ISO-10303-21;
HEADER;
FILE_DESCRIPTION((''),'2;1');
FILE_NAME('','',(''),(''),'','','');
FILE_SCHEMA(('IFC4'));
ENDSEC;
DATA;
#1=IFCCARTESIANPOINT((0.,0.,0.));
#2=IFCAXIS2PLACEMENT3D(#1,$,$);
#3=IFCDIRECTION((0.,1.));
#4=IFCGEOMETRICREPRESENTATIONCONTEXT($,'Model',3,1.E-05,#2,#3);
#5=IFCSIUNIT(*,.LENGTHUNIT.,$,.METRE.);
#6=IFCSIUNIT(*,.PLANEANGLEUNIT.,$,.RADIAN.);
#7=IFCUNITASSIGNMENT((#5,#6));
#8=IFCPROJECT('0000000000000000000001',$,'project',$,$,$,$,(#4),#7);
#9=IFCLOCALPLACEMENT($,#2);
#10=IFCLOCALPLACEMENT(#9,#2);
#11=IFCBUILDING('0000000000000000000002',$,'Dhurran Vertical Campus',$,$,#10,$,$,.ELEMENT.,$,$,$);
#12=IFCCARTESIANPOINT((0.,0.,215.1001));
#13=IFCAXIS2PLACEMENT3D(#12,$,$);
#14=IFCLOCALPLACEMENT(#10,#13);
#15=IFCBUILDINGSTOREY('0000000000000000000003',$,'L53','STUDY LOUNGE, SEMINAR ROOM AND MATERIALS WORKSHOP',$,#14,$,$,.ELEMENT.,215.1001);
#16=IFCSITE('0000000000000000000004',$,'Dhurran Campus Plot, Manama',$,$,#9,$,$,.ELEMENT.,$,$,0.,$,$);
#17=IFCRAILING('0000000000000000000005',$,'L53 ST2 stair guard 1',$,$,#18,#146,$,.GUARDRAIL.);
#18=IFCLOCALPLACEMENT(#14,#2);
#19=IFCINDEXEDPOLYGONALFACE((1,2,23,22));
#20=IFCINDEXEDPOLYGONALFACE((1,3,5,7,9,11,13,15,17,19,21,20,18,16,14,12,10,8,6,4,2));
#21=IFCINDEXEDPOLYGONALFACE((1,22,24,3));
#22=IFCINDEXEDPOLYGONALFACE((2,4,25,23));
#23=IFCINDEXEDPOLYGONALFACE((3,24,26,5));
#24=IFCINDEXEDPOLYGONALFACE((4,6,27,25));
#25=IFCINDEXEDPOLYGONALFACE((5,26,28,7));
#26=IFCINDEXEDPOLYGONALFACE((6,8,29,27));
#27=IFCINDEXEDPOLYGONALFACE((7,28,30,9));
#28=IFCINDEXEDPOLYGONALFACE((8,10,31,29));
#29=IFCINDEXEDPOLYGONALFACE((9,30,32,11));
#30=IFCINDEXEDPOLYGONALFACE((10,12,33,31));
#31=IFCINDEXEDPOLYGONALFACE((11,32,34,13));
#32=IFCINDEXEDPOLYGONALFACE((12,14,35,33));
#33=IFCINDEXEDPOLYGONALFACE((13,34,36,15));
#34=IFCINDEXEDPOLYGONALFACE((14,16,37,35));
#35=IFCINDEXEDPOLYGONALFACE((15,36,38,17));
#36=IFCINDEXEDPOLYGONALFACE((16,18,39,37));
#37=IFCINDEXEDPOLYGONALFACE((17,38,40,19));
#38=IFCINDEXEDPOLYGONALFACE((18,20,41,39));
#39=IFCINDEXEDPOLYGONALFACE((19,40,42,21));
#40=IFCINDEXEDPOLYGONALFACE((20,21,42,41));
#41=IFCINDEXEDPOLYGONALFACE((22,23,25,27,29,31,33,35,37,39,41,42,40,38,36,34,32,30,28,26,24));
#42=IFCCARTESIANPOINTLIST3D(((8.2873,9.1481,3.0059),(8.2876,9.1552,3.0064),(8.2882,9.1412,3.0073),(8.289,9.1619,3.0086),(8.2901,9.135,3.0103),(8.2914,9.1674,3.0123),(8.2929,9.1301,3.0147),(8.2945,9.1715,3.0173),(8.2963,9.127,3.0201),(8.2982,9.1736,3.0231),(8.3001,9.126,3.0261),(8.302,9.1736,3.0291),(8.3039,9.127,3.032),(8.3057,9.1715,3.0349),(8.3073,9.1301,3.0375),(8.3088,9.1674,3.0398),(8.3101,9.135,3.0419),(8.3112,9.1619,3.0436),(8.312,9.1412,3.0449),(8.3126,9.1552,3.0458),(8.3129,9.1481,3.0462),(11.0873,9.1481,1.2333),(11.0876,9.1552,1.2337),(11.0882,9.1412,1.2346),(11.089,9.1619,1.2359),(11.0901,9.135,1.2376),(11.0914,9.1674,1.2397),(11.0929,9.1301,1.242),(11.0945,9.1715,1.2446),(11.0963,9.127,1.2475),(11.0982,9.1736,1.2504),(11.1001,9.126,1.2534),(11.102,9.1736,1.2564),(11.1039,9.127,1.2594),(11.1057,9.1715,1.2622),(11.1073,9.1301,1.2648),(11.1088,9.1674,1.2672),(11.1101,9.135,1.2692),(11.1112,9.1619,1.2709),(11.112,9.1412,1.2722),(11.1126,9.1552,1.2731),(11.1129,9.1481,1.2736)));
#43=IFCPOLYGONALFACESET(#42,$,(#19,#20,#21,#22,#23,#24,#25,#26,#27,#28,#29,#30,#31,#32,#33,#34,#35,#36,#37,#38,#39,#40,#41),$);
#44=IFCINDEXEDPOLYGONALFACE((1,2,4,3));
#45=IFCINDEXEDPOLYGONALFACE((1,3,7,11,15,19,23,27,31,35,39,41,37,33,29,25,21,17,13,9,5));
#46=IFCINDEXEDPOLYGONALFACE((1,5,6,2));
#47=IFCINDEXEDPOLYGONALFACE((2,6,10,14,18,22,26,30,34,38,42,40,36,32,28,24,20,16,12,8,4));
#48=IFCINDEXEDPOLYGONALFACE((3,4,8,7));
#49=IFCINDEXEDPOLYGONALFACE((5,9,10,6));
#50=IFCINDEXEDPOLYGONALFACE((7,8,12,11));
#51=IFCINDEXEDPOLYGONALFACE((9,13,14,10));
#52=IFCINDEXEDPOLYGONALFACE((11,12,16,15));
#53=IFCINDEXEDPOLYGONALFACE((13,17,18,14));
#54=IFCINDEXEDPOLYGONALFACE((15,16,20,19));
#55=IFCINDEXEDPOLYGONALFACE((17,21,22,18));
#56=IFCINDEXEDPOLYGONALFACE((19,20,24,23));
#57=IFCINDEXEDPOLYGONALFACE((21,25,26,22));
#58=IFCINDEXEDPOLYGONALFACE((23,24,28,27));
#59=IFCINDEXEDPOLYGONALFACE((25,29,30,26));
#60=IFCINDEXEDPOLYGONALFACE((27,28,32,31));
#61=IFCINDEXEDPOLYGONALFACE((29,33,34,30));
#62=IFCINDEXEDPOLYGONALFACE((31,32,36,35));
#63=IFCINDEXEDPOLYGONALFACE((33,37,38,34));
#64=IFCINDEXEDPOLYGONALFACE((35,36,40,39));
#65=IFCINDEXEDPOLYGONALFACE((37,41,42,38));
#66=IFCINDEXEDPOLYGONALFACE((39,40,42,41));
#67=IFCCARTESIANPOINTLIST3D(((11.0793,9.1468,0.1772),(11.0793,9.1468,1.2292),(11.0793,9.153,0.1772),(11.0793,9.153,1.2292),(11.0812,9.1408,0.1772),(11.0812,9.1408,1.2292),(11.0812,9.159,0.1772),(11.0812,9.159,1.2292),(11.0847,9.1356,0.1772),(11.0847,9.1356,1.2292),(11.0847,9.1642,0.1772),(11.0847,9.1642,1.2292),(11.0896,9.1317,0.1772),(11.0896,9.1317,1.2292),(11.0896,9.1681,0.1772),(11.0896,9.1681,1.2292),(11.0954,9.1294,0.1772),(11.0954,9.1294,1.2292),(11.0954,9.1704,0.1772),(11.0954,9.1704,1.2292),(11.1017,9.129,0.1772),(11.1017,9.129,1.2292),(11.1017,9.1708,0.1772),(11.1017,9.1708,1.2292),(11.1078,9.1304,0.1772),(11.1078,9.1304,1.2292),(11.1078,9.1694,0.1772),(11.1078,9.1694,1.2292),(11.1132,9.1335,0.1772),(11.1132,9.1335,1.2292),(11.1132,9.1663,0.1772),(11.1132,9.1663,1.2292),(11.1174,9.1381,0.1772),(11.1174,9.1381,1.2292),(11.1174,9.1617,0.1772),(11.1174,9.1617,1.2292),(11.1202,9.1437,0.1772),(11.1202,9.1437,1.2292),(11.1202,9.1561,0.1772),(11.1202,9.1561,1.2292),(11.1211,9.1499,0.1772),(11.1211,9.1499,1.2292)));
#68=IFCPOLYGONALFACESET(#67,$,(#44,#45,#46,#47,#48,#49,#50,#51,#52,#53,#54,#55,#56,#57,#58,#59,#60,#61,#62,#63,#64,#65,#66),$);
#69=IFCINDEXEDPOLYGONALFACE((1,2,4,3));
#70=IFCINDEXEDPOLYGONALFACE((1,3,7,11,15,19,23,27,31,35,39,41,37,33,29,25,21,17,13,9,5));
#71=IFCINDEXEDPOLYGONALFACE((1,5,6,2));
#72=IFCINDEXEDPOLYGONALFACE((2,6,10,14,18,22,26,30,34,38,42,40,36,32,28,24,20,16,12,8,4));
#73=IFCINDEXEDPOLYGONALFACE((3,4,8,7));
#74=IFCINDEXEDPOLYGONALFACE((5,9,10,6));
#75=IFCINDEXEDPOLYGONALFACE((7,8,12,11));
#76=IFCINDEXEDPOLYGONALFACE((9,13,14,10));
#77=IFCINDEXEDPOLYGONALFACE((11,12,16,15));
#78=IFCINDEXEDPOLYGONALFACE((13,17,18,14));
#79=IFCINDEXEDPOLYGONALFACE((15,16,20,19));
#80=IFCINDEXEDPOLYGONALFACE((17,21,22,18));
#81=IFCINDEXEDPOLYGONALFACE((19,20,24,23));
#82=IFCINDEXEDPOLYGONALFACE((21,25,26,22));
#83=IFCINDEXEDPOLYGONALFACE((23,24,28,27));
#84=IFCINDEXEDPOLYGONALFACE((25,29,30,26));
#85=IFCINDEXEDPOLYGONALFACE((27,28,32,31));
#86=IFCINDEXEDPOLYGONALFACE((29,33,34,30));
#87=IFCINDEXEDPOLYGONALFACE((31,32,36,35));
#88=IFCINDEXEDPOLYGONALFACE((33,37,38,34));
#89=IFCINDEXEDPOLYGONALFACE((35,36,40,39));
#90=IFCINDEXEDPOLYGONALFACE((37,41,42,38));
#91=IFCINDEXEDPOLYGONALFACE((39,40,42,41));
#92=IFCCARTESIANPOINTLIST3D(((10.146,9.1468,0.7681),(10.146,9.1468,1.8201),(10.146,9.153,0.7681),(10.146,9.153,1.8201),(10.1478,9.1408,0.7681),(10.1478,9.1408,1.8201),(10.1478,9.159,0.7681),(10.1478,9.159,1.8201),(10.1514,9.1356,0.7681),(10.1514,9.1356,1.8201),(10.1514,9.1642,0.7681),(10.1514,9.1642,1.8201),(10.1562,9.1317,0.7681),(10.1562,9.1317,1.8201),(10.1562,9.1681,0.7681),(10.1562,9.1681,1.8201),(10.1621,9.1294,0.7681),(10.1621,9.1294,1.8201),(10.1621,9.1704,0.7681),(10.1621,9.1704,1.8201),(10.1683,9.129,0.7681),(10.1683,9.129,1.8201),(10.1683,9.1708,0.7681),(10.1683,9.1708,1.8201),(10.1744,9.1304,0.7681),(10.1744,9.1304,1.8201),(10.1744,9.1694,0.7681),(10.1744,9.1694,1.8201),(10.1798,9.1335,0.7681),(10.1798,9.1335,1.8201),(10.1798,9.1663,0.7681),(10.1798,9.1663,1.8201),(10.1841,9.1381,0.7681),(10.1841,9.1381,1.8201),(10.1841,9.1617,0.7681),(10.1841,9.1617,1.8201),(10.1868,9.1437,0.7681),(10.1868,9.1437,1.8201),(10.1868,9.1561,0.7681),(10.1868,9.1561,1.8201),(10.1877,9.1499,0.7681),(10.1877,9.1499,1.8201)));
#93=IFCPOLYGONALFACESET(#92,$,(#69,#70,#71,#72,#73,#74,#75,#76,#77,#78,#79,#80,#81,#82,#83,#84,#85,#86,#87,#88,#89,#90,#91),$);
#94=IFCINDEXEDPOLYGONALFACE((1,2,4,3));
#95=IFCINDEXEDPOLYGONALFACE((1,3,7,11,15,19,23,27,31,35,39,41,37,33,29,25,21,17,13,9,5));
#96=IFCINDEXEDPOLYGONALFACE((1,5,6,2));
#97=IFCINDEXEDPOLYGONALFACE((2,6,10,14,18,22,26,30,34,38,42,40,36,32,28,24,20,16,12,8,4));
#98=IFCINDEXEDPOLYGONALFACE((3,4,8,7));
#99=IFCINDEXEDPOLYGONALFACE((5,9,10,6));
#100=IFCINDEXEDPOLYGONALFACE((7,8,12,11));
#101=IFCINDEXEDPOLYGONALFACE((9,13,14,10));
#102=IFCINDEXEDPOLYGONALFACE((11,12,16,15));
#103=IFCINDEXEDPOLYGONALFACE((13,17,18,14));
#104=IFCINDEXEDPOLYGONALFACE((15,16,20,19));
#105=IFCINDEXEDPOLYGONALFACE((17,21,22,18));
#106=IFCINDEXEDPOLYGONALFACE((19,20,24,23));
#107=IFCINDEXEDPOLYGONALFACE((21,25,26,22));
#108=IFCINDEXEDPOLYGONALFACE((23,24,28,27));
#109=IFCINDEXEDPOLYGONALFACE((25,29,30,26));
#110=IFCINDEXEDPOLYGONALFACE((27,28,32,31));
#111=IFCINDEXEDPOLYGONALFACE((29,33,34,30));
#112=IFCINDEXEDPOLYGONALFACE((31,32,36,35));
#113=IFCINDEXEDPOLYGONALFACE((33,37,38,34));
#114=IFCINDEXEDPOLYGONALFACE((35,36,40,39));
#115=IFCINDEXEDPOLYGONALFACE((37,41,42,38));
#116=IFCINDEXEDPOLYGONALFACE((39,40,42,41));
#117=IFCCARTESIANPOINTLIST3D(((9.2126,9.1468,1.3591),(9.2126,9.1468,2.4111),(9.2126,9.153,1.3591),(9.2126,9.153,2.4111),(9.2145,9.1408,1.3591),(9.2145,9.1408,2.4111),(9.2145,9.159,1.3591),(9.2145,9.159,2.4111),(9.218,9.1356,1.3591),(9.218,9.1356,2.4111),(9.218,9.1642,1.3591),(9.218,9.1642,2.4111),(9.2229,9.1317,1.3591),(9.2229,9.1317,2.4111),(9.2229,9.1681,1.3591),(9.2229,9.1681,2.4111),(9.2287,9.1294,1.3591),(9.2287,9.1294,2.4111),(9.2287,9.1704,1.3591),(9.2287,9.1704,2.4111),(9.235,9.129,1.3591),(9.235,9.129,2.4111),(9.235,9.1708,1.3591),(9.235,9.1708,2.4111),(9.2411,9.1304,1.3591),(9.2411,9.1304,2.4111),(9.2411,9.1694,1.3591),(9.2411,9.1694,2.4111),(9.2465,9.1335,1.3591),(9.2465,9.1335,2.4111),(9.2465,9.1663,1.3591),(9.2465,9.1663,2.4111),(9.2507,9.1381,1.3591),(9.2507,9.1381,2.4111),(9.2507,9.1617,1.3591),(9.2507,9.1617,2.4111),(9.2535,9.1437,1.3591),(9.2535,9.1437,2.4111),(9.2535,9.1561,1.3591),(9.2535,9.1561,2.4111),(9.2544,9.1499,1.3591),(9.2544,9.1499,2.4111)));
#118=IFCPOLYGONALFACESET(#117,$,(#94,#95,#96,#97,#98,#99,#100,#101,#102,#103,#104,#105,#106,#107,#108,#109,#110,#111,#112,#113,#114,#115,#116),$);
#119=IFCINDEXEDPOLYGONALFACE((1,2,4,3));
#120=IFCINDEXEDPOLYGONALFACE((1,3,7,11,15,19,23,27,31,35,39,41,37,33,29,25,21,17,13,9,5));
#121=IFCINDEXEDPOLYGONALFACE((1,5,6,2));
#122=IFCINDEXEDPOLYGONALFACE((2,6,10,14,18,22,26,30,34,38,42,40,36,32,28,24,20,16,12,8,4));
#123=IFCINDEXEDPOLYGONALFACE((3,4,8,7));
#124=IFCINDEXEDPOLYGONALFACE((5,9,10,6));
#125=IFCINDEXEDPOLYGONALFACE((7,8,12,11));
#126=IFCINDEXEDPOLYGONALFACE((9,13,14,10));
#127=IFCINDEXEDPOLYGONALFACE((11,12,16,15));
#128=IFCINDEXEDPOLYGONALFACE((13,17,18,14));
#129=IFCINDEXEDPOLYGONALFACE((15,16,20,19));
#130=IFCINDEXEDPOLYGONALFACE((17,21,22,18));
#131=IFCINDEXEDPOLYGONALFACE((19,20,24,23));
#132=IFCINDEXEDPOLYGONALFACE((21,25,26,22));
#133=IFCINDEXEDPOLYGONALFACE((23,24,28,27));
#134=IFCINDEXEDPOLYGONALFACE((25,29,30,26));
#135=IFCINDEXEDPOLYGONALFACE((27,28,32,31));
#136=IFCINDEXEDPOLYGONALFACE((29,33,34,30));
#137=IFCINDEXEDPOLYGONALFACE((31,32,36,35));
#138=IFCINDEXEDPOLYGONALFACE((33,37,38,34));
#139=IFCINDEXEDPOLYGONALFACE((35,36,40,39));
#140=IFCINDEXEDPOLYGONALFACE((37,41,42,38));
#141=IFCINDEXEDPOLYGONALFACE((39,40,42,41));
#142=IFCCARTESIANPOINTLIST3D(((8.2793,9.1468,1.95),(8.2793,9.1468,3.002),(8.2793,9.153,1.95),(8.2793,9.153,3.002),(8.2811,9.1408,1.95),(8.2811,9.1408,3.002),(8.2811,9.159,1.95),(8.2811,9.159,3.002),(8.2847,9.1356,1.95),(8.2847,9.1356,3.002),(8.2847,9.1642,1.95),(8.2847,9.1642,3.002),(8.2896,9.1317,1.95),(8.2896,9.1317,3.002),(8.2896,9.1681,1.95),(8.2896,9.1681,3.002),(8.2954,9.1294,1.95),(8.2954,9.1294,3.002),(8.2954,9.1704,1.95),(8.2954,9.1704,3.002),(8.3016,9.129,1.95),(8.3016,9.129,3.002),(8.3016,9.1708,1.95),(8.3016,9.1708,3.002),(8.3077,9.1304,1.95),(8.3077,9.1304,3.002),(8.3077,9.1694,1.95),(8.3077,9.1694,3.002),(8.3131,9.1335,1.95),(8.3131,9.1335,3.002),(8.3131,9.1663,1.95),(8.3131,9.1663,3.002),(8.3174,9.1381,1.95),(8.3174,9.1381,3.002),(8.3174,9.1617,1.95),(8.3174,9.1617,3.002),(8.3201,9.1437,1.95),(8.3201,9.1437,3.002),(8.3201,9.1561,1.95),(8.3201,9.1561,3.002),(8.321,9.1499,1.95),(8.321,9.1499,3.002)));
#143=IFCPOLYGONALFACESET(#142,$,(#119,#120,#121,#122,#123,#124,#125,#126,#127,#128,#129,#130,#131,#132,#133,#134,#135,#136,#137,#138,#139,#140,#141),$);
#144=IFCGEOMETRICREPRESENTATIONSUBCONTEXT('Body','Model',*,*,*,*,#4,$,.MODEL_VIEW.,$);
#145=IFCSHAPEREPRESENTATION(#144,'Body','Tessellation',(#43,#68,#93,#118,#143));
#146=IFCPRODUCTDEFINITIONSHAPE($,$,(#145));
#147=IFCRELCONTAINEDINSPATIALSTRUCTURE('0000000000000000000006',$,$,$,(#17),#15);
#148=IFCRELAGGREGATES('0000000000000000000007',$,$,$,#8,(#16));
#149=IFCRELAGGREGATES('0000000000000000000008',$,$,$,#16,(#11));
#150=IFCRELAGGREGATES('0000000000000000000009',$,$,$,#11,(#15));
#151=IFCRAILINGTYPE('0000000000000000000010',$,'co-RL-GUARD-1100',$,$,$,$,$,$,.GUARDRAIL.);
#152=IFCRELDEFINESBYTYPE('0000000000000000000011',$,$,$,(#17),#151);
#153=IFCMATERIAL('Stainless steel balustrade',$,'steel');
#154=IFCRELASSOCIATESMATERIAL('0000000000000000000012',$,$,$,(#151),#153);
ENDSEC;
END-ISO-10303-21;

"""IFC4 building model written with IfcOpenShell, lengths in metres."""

from ifc_helpers import new_model, si_unit, direction, frame, origin, origin_2d, place, context, subcontext, project, spatial, circle, extrude, material, type_object, element, save


model = new_model("IFC4")

# Units and contexts
model_context = context("Model", 3, precision=1e-05, world=origin(), true_north=direction((0.0, 1.0)))
body_context = subcontext(model_context, "Body", "Model", "MODEL_VIEW")
ifc_project = project(units=[si_unit("LENGTHUNIT", "METRE"), si_unit("PLANEANGLEUNIT", "RADIAN")], contexts=[model_context])

# Site, building, storey
site_placement = place(None, origin())
site = spatial("IfcSite", under=ifc_project, at=site_placement, Name="Dhurran Campus Plot, Manama", CompositionType="ELEMENT", RefElevation=0.0)
building_placement = place(site_placement, origin())
building = spatial("IfcBuilding", under=site, at=building_placement, Name="Dhurran Vertical Campus", CompositionType="ELEMENT")
storey_placement = place(building_placement, frame((0.0, 0.0, 215.1001)))
storey = spatial("IfcBuildingStorey", under=building, at=storey_placement, Name="L53", Description="STUDY LOUNGE, SEMINAR ROOM AND MATERIALS WORKSHOP", CompositionType="ELEMENT", Elevation=215.1001)

# Railing
ifc_material_1 = material(Name="Stainless steel balustrade", Category="steel")
railing_type_1 = type_object("IfcRailingType", Name="co-RL-GUARD-1100", PredefinedType="GUARDRAIL", material=ifc_material_1)
railing_1_placement = place(storey_placement, frame((11.1001, 9.1499, 0.1772)))
element("IfcRailing", 1, at=railing_1_placement, inside=storey, type_object=railing_type_1, Name="L53 ST2 stair guard 1", PredefinedType="GUARDRAIL", context=body_context, shape_type="SweptSolid", body=[
    extrude(circle(Radius=0.0239, at=origin_2d()), frame((0.0, 0.0, 1.0762), z_axis=(-0.844909, 0.0, 0.53491), x_axis=(0.0, -1.0, 0.0)), (0.0, 0.0, 1.0), 3.314),
    extrude(circle(Radius=0.021, at=origin_2d()), origin(), (0.0, 0.0, 1.0), 1.052),
    extrude(circle(Radius=0.021, at=origin_2d()), frame((-0.9333, 0.0, 0.5908)), (0.0, 0.0, 1.0), 1.052),
    extrude(circle(Radius=0.021, at=origin_2d()), frame((-1.8667, 0.0, 1.1819)), (0.0, 0.0, 1.0), 1.052),
    extrude(circle(Radius=0.021, at=origin_2d()), frame((-2.8, 0.0, 1.7727)), (0.0, 0.0, 1.0), 1.052),
])

save(model, "model.ifc")
